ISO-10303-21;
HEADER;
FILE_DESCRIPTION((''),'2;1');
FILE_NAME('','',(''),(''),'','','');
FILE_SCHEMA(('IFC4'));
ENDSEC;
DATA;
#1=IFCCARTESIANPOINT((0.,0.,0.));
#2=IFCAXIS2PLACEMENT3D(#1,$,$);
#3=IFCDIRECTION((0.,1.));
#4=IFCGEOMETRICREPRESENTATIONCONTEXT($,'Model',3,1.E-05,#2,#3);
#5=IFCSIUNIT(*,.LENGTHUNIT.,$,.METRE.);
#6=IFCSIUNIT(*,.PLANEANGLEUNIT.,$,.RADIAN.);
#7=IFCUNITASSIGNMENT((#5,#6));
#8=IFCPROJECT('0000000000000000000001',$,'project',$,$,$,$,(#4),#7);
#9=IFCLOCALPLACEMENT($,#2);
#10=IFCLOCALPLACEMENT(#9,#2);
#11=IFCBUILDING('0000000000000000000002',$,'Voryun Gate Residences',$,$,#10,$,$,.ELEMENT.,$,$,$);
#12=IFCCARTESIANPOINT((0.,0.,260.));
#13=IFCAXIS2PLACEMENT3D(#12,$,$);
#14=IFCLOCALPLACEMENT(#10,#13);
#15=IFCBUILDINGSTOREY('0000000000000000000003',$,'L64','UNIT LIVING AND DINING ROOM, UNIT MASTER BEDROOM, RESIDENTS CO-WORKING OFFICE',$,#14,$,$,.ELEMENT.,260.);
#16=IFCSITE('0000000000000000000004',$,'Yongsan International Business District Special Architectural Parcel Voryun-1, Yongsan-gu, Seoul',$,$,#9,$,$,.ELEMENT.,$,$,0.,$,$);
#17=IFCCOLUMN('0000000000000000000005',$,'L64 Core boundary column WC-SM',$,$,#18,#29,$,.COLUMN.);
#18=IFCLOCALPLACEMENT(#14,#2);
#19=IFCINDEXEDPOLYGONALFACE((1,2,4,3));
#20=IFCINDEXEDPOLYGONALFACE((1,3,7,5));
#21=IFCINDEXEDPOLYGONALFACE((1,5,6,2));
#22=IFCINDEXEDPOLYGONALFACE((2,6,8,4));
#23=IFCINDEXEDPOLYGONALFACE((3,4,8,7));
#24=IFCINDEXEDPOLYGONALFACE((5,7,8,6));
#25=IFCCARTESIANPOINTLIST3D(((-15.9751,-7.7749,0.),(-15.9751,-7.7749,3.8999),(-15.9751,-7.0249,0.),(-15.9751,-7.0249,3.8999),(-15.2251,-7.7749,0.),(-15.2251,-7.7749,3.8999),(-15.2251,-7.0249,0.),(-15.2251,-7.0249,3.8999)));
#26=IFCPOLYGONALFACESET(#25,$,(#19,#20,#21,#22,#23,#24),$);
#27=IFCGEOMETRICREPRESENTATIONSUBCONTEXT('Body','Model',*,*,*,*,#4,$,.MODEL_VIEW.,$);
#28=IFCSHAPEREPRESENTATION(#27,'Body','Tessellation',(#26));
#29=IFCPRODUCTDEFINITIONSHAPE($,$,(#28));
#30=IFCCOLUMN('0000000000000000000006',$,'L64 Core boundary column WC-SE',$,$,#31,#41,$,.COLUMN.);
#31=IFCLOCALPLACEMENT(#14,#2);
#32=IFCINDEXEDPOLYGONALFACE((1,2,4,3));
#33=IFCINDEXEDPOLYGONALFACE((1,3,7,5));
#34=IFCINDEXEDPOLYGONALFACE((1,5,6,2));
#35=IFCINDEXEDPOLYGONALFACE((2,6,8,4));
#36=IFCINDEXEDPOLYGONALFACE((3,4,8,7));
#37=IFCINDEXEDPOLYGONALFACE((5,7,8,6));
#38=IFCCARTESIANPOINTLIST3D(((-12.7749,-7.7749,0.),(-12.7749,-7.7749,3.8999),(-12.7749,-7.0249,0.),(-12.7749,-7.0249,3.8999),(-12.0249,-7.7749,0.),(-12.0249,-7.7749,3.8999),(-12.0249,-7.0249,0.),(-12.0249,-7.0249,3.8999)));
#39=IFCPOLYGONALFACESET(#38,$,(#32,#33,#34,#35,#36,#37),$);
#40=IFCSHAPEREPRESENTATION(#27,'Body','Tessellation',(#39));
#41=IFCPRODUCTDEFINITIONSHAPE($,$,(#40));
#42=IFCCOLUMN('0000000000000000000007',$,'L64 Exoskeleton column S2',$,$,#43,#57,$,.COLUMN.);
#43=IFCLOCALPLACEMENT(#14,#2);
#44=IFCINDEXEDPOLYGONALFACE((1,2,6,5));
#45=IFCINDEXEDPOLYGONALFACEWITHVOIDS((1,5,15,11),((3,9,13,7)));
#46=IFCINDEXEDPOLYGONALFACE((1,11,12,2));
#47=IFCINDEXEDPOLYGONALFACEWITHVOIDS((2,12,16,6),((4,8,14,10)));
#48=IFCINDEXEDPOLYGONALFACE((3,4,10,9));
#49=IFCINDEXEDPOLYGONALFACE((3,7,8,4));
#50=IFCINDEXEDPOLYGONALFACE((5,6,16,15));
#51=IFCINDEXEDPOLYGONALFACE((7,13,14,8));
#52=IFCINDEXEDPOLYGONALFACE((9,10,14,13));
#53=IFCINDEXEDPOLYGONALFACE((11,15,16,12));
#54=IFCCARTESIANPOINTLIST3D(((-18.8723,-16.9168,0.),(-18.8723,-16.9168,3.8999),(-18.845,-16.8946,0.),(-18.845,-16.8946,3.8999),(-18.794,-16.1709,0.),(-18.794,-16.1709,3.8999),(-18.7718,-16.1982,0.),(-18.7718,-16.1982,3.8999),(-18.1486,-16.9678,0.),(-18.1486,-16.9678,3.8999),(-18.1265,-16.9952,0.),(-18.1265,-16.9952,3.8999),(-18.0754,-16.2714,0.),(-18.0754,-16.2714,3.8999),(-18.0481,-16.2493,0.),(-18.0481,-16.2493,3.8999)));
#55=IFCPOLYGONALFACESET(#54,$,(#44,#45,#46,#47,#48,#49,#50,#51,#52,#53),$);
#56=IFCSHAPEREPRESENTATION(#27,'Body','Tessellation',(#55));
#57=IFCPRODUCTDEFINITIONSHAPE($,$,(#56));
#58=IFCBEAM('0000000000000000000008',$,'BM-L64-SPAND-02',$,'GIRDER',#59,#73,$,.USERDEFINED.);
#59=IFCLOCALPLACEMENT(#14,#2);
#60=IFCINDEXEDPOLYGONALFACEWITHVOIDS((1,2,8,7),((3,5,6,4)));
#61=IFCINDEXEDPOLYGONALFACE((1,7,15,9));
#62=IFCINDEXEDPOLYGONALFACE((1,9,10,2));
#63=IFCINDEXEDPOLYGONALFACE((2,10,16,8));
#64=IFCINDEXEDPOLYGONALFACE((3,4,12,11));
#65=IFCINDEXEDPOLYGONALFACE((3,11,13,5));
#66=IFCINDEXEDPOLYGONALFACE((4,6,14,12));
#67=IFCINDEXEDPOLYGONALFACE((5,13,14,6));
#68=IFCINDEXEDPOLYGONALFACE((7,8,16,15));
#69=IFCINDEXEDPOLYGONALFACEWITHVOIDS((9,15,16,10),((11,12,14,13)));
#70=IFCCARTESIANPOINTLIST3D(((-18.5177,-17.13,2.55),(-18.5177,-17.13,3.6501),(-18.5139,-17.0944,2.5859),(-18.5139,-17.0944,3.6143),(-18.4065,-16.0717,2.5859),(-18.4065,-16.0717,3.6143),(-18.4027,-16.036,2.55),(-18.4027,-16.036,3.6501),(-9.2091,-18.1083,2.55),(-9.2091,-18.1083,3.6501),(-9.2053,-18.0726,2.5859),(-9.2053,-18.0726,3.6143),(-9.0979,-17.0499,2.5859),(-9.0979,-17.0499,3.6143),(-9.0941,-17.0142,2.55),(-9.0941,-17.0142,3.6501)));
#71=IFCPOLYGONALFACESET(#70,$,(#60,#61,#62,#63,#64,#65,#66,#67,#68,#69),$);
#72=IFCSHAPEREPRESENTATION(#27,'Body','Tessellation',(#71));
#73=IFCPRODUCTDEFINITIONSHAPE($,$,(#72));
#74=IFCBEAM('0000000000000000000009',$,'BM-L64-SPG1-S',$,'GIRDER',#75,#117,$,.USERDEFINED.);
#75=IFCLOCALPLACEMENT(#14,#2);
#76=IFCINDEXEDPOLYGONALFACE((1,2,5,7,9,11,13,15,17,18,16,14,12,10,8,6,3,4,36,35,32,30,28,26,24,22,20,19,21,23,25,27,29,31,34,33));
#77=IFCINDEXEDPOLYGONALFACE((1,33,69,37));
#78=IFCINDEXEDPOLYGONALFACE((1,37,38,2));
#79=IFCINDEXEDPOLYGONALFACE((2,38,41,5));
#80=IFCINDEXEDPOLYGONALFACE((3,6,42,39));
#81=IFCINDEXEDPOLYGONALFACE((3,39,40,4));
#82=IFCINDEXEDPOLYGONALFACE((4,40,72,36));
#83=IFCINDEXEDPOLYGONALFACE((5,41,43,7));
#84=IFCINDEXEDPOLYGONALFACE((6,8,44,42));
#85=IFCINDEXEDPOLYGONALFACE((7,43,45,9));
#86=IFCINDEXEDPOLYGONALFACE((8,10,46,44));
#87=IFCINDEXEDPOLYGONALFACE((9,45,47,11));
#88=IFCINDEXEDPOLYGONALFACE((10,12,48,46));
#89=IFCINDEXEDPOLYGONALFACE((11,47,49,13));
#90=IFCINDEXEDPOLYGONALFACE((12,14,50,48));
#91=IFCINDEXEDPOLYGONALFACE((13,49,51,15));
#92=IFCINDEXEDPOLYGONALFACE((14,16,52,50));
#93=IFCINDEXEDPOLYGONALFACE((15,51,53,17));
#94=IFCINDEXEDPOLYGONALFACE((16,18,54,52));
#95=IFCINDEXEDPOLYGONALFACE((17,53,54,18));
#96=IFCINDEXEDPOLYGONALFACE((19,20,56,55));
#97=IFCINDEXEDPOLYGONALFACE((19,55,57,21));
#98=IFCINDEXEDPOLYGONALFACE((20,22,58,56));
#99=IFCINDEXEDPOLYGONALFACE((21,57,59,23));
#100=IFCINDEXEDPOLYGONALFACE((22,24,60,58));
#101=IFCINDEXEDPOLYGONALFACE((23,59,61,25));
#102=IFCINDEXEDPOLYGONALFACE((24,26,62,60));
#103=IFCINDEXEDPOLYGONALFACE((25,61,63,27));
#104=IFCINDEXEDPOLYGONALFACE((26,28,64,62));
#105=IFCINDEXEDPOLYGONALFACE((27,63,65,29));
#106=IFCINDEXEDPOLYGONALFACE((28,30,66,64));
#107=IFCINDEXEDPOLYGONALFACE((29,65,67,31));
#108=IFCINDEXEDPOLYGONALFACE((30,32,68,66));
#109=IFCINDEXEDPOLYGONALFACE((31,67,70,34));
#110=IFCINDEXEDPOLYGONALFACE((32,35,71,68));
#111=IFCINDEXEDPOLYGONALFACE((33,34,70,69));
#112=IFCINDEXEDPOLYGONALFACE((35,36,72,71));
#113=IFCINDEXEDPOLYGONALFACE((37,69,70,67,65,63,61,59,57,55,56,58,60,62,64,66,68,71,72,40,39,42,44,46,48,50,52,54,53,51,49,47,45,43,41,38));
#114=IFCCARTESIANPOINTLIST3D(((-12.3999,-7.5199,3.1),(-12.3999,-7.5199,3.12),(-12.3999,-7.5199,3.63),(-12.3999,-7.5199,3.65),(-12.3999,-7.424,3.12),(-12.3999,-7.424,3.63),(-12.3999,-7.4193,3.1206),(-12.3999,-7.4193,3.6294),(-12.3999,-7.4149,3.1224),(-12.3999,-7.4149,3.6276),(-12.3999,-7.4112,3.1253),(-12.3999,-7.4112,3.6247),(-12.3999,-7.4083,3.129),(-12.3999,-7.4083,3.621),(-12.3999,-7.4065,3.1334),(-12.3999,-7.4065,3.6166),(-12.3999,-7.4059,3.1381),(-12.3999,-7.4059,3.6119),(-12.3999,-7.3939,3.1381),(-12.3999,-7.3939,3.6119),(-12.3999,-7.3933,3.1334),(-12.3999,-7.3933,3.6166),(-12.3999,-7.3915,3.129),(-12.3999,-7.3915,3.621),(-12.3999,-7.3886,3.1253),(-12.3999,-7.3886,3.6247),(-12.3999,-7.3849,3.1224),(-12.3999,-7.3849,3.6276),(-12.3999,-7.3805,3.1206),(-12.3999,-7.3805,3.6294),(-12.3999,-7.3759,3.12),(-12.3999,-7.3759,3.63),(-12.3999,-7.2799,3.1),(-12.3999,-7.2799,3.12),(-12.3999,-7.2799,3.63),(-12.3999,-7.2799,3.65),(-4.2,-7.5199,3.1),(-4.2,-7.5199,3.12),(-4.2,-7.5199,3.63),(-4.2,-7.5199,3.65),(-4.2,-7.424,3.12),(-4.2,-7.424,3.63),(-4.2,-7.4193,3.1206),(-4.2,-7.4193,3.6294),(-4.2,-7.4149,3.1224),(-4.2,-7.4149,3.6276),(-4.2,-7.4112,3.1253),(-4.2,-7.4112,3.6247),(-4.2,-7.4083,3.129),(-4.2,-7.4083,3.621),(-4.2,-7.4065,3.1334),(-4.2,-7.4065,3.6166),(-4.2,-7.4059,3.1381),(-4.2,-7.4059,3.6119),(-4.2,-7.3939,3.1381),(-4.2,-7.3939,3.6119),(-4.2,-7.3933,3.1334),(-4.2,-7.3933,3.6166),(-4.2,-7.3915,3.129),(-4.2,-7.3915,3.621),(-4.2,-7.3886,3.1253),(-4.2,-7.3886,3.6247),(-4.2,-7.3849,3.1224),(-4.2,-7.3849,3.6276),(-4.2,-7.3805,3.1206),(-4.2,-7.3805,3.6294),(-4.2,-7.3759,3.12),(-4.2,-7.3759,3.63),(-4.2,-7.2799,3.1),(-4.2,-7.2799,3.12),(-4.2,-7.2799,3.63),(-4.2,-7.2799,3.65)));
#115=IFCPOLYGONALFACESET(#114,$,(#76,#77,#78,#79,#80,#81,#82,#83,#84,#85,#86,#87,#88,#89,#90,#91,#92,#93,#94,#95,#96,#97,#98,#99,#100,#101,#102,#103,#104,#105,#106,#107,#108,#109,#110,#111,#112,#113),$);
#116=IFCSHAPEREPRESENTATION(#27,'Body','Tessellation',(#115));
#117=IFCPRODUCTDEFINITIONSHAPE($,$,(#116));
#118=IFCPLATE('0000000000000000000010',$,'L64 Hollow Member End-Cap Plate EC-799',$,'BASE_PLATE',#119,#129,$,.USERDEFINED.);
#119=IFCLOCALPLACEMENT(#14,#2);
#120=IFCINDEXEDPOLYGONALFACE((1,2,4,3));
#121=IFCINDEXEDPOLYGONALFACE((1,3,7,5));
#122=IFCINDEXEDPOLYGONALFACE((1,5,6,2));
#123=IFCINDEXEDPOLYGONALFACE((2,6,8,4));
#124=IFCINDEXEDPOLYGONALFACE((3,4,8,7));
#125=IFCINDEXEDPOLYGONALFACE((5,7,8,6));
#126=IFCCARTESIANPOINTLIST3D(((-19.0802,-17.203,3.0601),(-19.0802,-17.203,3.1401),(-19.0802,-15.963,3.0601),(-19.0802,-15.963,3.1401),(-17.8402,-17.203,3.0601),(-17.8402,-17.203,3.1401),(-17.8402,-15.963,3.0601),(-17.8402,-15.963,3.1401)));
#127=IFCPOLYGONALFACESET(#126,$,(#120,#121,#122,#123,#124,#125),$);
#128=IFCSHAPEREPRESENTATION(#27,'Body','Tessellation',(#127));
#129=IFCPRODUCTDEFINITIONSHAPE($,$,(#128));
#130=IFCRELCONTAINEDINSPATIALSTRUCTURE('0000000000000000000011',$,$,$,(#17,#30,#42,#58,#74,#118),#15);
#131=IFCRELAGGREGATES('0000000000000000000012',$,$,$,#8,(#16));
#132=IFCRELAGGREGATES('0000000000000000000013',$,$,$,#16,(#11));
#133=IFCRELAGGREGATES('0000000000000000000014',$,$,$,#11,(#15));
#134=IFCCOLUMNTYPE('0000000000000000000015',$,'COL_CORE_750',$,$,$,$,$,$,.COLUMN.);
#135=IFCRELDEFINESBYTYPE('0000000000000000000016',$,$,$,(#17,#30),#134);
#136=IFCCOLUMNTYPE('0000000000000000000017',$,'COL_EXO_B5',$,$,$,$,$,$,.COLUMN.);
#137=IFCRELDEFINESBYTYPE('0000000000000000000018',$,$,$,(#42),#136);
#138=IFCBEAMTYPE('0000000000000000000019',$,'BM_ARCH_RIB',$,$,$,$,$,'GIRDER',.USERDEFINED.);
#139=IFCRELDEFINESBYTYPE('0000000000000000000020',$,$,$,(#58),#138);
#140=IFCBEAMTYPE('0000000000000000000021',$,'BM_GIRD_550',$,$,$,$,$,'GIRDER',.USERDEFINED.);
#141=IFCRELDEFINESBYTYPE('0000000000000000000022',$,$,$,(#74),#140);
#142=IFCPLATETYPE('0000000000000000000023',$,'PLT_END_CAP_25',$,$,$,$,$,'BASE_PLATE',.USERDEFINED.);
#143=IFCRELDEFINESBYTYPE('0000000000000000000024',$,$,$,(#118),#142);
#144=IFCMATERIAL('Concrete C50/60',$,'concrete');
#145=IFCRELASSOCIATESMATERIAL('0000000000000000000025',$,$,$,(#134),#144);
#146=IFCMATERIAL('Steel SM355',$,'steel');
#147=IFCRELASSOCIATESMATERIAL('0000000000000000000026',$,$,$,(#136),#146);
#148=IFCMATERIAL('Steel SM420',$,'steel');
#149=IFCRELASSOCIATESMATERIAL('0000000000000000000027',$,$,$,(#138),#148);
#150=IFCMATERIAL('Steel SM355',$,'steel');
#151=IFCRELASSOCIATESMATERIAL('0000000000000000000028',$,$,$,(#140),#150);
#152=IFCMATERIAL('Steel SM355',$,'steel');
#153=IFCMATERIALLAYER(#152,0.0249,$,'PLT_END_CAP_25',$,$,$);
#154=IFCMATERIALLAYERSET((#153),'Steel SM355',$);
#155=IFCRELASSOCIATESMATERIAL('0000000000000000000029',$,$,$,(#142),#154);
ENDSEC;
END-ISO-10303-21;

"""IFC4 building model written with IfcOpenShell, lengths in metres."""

from ifc_helpers import new_model, si_unit, direction, frame, origin, origin_2d, place, context, subcontext, project, spatial, rectangle, hollow_rectangle, i_section, extrude, material, layer, layer_set, material_profile, profile_set, type_object, element, save


model = new_model("IFC4")

# Units and contexts
model_context = context("Model", 3, precision=1e-05, world=origin(), true_north=direction((0.0, 1.0)))
body_context = subcontext(model_context, "Body", "Model", "MODEL_VIEW")
ifc_project = project(units=[si_unit("LENGTHUNIT", "METRE"), si_unit("PLANEANGLEUNIT", "RADIAN")], contexts=[model_context])

# Site, building, storey
site_placement = place(None, origin())
site = spatial("IfcSite", under=ifc_project, at=site_placement, Name="Yongsan International Business District Special Architectural Parcel Voryun-1, Yongsan-gu, Seoul", CompositionType="ELEMENT", RefElevation=0.0)
building_placement = place(site_placement, origin())
building = spatial("IfcBuilding", under=site, at=building_placement, Name="Voryun Gate Residences", CompositionType="ELEMENT")
storey_placement = place(building_placement, frame((0.0, 0.0, 260.0)))
storey = spatial("IfcBuildingStorey", under=building, at=storey_placement, Name="L64", Description="UNIT LIVING AND DINING ROOM, UNIT MASTER BEDROOM, RESIDENTS CO-WORKING OFFICE", CompositionType="ELEMENT", Elevation=260.0)

# Columns
ifc_material_1 = material(Name="Concrete C50/60", Category="concrete")
ifc_material_profile_1 = material_profile(ifc_material_1, rectangle(XDim=0.75, YDim=0.75, at=origin_2d()), Name="RC-750x750")
ifc_profile_set_1 = profile_set([ifc_material_profile_1], Name="Concrete C50/60")
column_type_1 = type_object("IfcColumnType", Name="COL_CORE_750", PredefinedType="COLUMN", material=ifc_profile_set_1)
for number, where, z_axis, x_axis, name in (
    (1, (-15.6001, -7.3999, 0.0), (0.0, 0.0, 1.0), (1.0, 0.0, 0.0), "L64 Core boundary column WC-SM"),
    (2, (-12.3999, -7.3999, 0.0), (0.0, 0.0, 1.0), (1.0, 0.0, 0.0), "L64 Core boundary column WC-SE"),
):
    element("IfcColumn", number, at=place(storey_placement, frame(where, z_axis=z_axis, x_axis=x_axis)), inside=storey, type_object=column_type_1, Name=name, PredefinedType="COLUMN", context=body_context, shape_type="SweptSolid", body=[
        extrude(rectangle(XDim=0.75, YDim=0.75, at=origin_2d()), origin(), (0.0, 0.0, 1.0), 3.8999),
    ])
ifc_material_2 = material(Name="Steel SM355", Category="steel")
ifc_material_profile_2 = material_profile(ifc_material_2, hollow_rectangle(XDim=0.75, YDim=0.75, WallThickness=0.0249, at=origin_2d()), Name="BOX-750x750x25")
ifc_profile_set_2 = profile_set([ifc_material_profile_2], Name="Steel SM355")
column_type_2 = type_object("IfcColumnType", Name="COL_EXO_B5", PredefinedType="COLUMN", material=ifc_profile_set_2)
column_placement = place(storey_placement, frame((-18.4602, -16.583, 0.0), z_axis=(0.0, 0.0, 1.0), x_axis=(0.994522, -0.104528, 0.0)))
element("IfcColumn", 3, at=column_placement, inside=storey, type_object=column_type_2, Name="L64 Exoskeleton column S2", PredefinedType="COLUMN", context=body_context, shape_type="SweptSolid", body=[
    extrude(hollow_rectangle(XDim=0.75, YDim=0.75, WallThickness=0.0249, at=origin_2d()), origin(), (0.0, 0.0, 1.0), 3.8999),
])

# Beams
ifc_material_3 = material(Name="Steel SM420", Category="steel")
ifc_material_profile_3 = material_profile(ifc_material_3, hollow_rectangle(XDim=1.1001, YDim=1.1001, WallThickness=0.0359, at=origin_2d()), Name="BOX-1100x1100x36")
ifc_profile_set_3 = profile_set([ifc_material_profile_3], Name="Steel SM420")
beam_type_1 = type_object("IfcBeamType", Name="BM_ARCH_RIB", ElementType="GIRDER", PredefinedType="USERDEFINED", material=ifc_profile_set_3)
beam_1_placement = place(storey_placement, frame((-18.4602, -16.583, 3.1001), z_axis=(0.994523, -0.104518, 0.0), x_axis=(0.104518, 0.994523, 0.0)))
element("IfcBeam", 4, at=beam_1_placement, inside=storey, type_object=beam_type_1, Name="BM-L64-SPAND-02", ObjectType="GIRDER", PredefinedType="USERDEFINED", context=body_context, shape_type="SweptSolid", body=[
    extrude(hollow_rectangle(XDim=1.1001, YDim=1.1001, WallThickness=0.0359, at=origin_2d()), origin(), (0.0, 0.0, 1.0), 9.3599),
])
ifc_material_4 = material(Name="Steel SM355", Category="steel")
ifc_material_profile_4 = material_profile(ifc_material_4, i_section(OverallWidth=0.24, OverallDepth=0.55, WebThickness=0.012, FlangeThickness=0.02, FilletRadius=0.0181, at=origin_2d()), Name="H-550x240x12x20")
ifc_profile_set_4 = profile_set([ifc_material_profile_4], Name="Steel SM355")
beam_type_2 = type_object("IfcBeamType", Name="BM_GIRD_550", ElementType="GIRDER", PredefinedType="USERDEFINED", material=ifc_profile_set_4)
beam_2_placement = place(storey_placement, frame((-12.3999, -7.3999, 3.375), z_axis=(1.0, 0.0, 0.0), x_axis=(0.0, 1.0, 0.0)))
element("IfcBeam", 5, at=beam_2_placement, inside=storey, type_object=beam_type_2, Name="BM-L64-SPG1-S", ObjectType="GIRDER", PredefinedType="USERDEFINED", context=body_context, shape_type="SweptSolid", body=[
    extrude(i_section(OverallWidth=0.24, OverallDepth=0.55, WebThickness=0.012, FlangeThickness=0.02, FilletRadius=0.0181, at=origin_2d()), origin(), (0.0, 0.0, 1.0), 8.2),
])

# Plate
ifc_material_5 = material(Name="Steel SM355", Category="steel")
ifc_layer_1 = layer(ifc_material_5, 0.0249, Name="PLT_END_CAP_25")
ifc_layer_set_1 = layer_set([ifc_layer_1], Name="Steel SM355")
plate_type = type_object("IfcPlateType", Name="PLT_END_CAP_25", ElementType="BASE_PLATE", PredefinedType="USERDEFINED", material=ifc_layer_set_1)
plate_placement = place(storey_placement, frame((-18.4602, -16.583, 3.0601), z_axis=(0.0, 0.0, 1.0), x_axis=(1.0, 0.0, 0.0)))
element("IfcPlate", 6, at=plate_placement, inside=storey, type_object=plate_type, Name="L64 Hollow Member End-Cap Plate EC-799", ObjectType="BASE_PLATE", PredefinedType="USERDEFINED", context=body_context, shape_type="SweptSolid", body=[
    extrude(rectangle(XDim=1.24, YDim=1.24, at=origin_2d()), origin(), (0.0, 0.0, 1.0), 0.0801),
])

save(model, "model.ifc")
